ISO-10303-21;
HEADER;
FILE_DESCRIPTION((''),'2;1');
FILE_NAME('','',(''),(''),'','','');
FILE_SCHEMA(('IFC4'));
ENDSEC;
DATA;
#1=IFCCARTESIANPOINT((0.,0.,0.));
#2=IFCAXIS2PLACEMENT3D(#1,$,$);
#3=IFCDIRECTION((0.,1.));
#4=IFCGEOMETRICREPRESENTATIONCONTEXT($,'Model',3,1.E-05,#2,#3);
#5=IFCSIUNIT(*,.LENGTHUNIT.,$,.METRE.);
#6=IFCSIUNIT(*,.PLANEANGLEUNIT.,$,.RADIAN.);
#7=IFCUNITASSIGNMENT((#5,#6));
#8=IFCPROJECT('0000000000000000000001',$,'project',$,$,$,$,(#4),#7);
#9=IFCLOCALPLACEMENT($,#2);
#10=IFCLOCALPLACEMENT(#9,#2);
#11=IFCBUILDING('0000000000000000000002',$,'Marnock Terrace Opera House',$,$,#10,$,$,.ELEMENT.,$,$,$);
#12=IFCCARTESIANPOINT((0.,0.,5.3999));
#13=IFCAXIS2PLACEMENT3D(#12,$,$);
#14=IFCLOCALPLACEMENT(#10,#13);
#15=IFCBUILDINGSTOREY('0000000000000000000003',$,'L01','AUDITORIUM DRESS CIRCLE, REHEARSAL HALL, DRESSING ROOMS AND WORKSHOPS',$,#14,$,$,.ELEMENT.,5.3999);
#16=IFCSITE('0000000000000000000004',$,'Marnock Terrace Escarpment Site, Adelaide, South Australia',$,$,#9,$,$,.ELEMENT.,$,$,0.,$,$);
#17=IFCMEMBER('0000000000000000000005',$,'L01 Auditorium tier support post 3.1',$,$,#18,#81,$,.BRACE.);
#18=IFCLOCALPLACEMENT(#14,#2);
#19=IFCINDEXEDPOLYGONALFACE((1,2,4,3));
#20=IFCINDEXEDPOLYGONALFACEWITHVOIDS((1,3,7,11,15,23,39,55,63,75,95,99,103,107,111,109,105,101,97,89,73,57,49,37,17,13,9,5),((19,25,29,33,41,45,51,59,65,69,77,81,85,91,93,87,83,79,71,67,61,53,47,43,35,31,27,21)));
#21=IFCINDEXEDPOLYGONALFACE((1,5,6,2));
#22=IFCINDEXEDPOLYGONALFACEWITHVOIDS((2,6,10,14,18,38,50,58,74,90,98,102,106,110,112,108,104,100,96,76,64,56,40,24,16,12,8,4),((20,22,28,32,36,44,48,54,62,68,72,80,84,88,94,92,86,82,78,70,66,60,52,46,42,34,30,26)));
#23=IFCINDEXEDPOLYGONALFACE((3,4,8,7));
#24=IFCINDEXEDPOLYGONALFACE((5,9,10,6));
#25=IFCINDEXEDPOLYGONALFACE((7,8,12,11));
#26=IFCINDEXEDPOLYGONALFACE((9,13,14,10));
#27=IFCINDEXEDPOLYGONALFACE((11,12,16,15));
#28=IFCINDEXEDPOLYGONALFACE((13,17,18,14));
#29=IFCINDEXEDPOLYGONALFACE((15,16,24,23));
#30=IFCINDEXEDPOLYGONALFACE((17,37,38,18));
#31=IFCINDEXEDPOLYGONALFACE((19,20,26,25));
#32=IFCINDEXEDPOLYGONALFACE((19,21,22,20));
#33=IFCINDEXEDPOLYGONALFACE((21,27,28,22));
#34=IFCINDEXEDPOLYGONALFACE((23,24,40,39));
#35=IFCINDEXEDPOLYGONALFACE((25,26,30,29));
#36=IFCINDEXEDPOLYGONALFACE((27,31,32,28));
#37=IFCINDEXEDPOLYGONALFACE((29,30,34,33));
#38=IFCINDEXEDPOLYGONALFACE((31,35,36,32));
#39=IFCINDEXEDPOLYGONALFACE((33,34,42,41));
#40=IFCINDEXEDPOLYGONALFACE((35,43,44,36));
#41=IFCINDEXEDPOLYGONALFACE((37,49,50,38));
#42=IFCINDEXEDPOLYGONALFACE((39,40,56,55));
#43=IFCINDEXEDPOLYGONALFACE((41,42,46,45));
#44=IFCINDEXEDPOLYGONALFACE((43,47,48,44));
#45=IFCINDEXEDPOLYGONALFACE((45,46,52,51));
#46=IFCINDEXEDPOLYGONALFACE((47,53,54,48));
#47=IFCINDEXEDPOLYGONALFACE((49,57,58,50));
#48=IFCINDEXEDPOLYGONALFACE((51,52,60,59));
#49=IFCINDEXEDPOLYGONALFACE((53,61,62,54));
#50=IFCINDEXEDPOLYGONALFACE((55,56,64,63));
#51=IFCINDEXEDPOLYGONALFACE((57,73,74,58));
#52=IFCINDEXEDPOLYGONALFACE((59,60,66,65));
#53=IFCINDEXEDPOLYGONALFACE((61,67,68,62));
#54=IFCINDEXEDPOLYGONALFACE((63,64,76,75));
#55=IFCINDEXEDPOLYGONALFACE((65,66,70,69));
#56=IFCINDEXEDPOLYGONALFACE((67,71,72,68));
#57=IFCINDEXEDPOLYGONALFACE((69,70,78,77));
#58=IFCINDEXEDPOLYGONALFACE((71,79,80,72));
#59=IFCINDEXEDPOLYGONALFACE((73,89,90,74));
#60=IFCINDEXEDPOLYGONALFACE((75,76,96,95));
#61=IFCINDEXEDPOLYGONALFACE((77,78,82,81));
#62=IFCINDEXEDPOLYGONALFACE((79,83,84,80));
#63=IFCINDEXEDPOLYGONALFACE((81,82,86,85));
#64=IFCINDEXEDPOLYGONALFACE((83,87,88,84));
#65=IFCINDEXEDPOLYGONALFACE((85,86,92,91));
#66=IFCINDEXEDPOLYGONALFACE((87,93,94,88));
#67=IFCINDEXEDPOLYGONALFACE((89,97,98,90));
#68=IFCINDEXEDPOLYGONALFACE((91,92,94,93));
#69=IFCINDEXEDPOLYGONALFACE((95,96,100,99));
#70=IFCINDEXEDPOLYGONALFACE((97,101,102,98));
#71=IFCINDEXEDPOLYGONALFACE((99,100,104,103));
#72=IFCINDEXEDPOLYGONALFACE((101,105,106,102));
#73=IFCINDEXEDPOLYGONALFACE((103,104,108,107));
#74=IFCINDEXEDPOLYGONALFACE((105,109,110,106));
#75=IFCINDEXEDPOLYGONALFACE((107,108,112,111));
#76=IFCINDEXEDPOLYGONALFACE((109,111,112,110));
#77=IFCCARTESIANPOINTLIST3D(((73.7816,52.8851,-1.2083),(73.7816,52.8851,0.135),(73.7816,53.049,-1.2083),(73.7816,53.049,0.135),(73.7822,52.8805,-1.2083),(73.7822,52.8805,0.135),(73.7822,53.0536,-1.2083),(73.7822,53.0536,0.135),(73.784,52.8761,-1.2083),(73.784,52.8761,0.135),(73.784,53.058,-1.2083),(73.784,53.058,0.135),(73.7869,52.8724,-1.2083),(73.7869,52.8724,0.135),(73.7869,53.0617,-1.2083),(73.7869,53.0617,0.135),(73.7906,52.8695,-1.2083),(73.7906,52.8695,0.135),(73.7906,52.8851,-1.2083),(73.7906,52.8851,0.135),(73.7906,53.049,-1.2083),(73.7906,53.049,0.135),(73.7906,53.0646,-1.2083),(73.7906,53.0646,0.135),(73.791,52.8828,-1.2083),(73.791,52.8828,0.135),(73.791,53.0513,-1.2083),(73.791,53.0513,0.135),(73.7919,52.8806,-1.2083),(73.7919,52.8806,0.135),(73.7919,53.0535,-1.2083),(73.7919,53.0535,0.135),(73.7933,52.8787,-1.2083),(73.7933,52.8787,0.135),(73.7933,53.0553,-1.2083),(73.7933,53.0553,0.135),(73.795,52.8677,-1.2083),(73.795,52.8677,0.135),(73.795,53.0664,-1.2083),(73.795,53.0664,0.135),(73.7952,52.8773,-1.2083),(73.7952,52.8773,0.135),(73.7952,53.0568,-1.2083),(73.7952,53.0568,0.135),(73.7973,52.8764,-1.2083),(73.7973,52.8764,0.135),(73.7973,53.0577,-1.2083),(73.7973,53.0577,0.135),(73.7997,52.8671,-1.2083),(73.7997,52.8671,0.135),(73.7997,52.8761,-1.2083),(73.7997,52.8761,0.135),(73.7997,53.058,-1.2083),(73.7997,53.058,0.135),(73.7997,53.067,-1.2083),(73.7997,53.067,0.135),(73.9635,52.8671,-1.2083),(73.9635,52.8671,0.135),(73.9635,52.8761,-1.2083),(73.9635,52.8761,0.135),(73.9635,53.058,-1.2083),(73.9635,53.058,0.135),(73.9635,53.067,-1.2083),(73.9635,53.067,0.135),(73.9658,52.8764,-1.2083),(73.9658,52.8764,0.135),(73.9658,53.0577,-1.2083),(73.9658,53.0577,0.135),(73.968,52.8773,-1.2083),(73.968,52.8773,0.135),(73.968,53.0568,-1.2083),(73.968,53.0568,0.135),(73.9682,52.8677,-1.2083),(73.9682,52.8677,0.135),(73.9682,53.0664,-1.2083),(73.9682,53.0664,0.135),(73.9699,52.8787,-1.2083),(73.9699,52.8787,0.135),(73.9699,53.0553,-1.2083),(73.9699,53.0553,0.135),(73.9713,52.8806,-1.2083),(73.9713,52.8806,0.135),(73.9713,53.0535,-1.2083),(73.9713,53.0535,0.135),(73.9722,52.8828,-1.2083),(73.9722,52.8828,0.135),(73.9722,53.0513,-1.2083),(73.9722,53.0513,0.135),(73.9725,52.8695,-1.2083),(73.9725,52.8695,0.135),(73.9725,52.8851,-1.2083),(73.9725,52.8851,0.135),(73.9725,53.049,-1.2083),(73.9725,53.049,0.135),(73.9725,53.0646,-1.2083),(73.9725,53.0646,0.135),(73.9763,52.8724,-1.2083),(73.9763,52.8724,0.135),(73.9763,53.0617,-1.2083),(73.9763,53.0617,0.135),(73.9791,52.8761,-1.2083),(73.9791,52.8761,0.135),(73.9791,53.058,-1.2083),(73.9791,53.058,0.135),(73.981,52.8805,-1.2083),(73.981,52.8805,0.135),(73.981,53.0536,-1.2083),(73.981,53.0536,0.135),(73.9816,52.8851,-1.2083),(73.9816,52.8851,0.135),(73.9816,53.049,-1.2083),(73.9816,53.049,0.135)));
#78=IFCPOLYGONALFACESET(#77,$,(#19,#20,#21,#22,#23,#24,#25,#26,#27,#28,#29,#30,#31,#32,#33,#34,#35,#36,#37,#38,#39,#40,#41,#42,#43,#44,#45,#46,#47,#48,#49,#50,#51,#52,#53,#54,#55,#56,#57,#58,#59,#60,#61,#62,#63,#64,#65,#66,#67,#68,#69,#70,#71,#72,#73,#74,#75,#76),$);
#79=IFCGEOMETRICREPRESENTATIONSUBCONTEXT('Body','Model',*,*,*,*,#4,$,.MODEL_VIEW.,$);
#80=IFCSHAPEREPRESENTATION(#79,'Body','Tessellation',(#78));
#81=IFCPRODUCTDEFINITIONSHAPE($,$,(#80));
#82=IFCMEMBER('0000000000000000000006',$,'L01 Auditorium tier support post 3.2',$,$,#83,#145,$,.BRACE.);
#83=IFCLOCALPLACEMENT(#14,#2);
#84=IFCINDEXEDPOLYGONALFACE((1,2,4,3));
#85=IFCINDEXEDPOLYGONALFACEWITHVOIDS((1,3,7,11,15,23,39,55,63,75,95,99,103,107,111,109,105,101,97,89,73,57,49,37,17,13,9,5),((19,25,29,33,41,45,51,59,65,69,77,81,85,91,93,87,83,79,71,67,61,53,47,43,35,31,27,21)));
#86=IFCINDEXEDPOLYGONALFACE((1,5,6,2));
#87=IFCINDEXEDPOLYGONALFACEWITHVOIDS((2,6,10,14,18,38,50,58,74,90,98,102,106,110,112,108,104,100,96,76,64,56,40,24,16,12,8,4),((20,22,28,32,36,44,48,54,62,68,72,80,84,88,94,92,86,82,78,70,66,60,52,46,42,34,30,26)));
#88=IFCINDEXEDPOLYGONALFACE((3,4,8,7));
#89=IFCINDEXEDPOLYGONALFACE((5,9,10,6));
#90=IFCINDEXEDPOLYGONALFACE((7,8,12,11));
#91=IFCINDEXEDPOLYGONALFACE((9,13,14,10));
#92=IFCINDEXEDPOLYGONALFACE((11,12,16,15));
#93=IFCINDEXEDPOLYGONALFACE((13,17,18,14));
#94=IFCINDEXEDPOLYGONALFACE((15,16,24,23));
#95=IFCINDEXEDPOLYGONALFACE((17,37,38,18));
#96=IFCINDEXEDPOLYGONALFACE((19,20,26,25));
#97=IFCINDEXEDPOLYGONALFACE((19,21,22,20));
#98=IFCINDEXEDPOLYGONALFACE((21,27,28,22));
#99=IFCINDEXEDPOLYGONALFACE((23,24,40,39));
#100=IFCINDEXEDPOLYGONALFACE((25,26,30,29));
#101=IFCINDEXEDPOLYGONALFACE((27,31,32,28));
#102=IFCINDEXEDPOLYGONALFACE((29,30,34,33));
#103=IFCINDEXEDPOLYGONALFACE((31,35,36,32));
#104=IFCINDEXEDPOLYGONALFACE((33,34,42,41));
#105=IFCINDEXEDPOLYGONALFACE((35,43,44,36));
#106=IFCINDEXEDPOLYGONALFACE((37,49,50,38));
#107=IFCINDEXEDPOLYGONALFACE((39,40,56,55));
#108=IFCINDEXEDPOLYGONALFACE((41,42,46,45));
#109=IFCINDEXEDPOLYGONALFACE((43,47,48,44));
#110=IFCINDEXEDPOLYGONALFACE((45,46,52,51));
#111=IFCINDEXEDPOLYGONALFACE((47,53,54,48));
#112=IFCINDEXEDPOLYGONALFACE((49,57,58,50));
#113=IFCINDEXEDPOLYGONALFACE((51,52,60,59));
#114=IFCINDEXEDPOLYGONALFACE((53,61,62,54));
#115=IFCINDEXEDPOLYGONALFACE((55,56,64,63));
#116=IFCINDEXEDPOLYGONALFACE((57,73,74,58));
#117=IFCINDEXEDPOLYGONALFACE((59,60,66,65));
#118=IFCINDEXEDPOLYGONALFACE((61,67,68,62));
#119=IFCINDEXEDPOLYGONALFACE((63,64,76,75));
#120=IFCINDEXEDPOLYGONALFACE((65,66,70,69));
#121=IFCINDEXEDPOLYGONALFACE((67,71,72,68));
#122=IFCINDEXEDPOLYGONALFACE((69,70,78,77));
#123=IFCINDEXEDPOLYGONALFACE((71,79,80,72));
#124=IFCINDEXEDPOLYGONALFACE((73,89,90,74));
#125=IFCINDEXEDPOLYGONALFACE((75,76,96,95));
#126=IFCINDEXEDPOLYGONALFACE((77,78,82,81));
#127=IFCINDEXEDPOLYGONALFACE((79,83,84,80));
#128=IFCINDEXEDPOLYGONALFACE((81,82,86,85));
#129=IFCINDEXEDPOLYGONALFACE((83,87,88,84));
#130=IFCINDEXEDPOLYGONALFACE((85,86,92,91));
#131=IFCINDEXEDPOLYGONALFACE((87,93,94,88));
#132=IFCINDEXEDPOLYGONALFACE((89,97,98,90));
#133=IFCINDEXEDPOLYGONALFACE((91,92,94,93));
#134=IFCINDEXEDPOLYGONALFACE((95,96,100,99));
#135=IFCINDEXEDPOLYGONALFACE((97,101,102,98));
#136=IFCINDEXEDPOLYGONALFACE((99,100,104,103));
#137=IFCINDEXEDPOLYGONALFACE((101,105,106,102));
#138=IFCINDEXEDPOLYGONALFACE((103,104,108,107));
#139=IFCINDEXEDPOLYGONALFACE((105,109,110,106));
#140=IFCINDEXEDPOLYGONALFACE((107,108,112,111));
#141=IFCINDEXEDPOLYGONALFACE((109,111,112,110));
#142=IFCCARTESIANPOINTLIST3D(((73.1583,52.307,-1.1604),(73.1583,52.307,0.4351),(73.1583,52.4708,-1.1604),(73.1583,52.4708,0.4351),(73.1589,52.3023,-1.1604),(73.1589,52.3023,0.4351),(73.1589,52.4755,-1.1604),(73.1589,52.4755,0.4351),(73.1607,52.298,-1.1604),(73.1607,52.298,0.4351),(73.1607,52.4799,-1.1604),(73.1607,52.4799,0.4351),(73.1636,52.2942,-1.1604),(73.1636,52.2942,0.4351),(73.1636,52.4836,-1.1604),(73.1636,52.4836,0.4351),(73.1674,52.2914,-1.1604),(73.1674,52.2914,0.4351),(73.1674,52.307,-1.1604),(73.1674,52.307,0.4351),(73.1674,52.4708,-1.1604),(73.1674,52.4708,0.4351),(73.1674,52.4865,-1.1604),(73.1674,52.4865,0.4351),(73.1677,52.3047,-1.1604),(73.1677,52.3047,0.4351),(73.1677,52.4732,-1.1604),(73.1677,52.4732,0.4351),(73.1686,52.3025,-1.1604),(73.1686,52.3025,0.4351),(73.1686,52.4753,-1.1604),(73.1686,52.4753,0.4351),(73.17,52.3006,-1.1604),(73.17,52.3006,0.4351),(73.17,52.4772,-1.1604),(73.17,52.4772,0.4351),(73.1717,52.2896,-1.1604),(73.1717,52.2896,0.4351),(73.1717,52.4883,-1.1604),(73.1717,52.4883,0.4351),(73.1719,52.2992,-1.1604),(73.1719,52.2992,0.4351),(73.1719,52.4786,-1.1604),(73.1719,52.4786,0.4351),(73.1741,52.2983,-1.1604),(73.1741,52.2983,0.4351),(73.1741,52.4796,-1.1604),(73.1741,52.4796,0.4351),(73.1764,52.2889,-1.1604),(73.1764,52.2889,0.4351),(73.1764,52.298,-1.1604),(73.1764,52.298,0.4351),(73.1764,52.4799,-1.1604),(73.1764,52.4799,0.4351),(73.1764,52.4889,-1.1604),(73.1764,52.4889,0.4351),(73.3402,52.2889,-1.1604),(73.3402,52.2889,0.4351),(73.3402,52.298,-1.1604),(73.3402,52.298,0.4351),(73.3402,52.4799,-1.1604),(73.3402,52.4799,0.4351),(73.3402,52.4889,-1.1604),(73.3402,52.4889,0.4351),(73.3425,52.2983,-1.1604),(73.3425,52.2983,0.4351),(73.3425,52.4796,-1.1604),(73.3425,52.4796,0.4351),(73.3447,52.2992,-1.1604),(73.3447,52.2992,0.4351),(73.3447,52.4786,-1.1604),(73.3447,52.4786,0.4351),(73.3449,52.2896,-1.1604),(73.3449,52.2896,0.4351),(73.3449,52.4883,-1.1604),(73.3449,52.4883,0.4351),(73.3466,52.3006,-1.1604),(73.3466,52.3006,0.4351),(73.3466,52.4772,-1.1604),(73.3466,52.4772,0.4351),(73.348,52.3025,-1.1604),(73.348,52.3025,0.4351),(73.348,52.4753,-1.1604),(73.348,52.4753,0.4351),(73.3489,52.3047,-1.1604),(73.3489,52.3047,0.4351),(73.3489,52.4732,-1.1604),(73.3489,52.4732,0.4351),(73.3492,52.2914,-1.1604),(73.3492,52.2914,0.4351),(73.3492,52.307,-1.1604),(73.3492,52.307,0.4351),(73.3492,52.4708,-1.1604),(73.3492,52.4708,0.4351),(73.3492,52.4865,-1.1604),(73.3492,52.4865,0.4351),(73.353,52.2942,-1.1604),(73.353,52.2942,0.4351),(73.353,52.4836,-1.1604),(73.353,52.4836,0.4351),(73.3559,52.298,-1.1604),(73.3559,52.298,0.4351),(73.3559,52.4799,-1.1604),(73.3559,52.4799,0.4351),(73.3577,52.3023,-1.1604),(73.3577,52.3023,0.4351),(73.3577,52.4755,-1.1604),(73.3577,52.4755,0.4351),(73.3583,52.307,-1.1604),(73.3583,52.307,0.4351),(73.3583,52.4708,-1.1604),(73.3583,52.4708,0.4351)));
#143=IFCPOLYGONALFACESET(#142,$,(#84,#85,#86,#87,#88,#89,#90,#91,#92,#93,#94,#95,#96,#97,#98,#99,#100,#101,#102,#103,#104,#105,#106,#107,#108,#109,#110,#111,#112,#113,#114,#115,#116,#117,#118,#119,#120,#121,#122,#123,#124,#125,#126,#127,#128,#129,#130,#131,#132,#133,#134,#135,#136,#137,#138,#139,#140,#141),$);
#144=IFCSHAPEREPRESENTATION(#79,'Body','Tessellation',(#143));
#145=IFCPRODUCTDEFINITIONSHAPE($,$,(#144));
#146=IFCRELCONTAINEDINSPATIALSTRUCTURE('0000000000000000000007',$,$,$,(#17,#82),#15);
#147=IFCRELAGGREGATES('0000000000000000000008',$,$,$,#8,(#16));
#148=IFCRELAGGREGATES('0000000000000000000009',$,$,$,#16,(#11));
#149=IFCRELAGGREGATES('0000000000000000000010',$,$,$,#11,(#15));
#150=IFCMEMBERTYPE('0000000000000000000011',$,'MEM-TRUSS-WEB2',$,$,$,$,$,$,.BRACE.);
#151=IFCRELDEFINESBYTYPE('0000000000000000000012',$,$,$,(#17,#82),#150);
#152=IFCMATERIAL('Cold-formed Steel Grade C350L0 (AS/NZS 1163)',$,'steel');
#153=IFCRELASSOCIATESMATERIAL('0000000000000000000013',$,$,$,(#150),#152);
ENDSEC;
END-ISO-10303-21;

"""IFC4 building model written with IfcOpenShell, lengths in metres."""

from ifc_helpers import new_model, si_unit, direction, frame, origin, origin_2d, place, context, subcontext, project, spatial, hollow_rectangle, extrude, material, material_profile, profile_set, type_object, element, save


model = new_model("IFC4")

# Units and contexts
model_context = context("Model", 3, precision=1e-05, world=origin(), true_north=direction((0.0, 1.0)))
body_context = subcontext(model_context, "Body", "Model", "MODEL_VIEW")
ifc_project = project(units=[si_unit("LENGTHUNIT", "METRE"), si_unit("PLANEANGLEUNIT", "RADIAN")], contexts=[model_context])

# Site, building, storey
site_placement = place(None, origin())
site = spatial("IfcSite", under=ifc_project, at=site_placement, Name="Marnock Terrace Escarpment Site, Adelaide, South Australia", CompositionType="ELEMENT", RefElevation=0.0)
building_placement = place(site_placement, origin())
building = spatial("IfcBuilding", under=site, at=building_placement, Name="Marnock Terrace Opera House", CompositionType="ELEMENT")
storey_placement = place(building_placement, frame((0.0, 0.0, 5.3999)))
storey = spatial("IfcBuildingStorey", under=building, at=storey_placement, Name="L01", Description="AUDITORIUM DRESS CIRCLE, REHEARSAL HALL, DRESSING ROOMS AND WORKSHOPS", CompositionType="ELEMENT", Elevation=5.3999)

# Members
ifc_material_1 = material(Name="Cold-formed Steel Grade C350L0 (AS/NZS 1163)", Category="steel")
ifc_material_profile_1 = material_profile(ifc_material_1, hollow_rectangle(XDim=0.2, YDim=0.2, WallThickness=0.009, InnerFilletRadius=0.009, OuterFilletRadius=0.0181, at=origin_2d()))
ifc_profile_set_1 = profile_set([ifc_material_profile_1], Name="Cold-formed Steel Grade C350L0 (AS/NZS 1163)")
member_type = type_object("IfcMemberType", Name="MEM-TRUSS-WEB2", PredefinedType="BRACE", material=ifc_profile_set_1)
member_1_placement = place(storey_placement, frame((73.8816, 52.967, -1.2083), z_axis=(0.0, 0.0, 1.0), x_axis=(1.0, 0.0, 0.0)))
element("IfcMember", 1, at=member_1_placement, inside=storey, type_object=member_type, Name="L01 Auditorium tier support post 3.1", PredefinedType="BRACE", context=body_context, shape_type="SweptSolid", body=[
    extrude(hollow_rectangle(XDim=0.2, YDim=0.2, WallThickness=0.009, InnerFilletRadius=0.009, OuterFilletRadius=0.0181, at=origin_2d()), origin(), (0.0, 0.0, 1.0), 1.3433),
])
member_2_placement = place(storey_placement, frame((73.2583, 52.3889, -1.1604), z_axis=(0.0, 0.0, 1.0), x_axis=(1.0, 0.0, 0.0)))
element("IfcMember", 2, at=member_2_placement, inside=storey, type_object=member_type, Name="L01 Auditorium tier support post 3.2", PredefinedType="BRACE", context=body_context, shape_type="SweptSolid", body=[
    extrude(hollow_rectangle(XDim=0.2, YDim=0.2, WallThickness=0.009, InnerFilletRadius=0.009, OuterFilletRadius=0.0181, at=origin_2d()), origin(), (0.0, 0.0, 1.0), 1.5955),
])

save(model, "model.ifc")
